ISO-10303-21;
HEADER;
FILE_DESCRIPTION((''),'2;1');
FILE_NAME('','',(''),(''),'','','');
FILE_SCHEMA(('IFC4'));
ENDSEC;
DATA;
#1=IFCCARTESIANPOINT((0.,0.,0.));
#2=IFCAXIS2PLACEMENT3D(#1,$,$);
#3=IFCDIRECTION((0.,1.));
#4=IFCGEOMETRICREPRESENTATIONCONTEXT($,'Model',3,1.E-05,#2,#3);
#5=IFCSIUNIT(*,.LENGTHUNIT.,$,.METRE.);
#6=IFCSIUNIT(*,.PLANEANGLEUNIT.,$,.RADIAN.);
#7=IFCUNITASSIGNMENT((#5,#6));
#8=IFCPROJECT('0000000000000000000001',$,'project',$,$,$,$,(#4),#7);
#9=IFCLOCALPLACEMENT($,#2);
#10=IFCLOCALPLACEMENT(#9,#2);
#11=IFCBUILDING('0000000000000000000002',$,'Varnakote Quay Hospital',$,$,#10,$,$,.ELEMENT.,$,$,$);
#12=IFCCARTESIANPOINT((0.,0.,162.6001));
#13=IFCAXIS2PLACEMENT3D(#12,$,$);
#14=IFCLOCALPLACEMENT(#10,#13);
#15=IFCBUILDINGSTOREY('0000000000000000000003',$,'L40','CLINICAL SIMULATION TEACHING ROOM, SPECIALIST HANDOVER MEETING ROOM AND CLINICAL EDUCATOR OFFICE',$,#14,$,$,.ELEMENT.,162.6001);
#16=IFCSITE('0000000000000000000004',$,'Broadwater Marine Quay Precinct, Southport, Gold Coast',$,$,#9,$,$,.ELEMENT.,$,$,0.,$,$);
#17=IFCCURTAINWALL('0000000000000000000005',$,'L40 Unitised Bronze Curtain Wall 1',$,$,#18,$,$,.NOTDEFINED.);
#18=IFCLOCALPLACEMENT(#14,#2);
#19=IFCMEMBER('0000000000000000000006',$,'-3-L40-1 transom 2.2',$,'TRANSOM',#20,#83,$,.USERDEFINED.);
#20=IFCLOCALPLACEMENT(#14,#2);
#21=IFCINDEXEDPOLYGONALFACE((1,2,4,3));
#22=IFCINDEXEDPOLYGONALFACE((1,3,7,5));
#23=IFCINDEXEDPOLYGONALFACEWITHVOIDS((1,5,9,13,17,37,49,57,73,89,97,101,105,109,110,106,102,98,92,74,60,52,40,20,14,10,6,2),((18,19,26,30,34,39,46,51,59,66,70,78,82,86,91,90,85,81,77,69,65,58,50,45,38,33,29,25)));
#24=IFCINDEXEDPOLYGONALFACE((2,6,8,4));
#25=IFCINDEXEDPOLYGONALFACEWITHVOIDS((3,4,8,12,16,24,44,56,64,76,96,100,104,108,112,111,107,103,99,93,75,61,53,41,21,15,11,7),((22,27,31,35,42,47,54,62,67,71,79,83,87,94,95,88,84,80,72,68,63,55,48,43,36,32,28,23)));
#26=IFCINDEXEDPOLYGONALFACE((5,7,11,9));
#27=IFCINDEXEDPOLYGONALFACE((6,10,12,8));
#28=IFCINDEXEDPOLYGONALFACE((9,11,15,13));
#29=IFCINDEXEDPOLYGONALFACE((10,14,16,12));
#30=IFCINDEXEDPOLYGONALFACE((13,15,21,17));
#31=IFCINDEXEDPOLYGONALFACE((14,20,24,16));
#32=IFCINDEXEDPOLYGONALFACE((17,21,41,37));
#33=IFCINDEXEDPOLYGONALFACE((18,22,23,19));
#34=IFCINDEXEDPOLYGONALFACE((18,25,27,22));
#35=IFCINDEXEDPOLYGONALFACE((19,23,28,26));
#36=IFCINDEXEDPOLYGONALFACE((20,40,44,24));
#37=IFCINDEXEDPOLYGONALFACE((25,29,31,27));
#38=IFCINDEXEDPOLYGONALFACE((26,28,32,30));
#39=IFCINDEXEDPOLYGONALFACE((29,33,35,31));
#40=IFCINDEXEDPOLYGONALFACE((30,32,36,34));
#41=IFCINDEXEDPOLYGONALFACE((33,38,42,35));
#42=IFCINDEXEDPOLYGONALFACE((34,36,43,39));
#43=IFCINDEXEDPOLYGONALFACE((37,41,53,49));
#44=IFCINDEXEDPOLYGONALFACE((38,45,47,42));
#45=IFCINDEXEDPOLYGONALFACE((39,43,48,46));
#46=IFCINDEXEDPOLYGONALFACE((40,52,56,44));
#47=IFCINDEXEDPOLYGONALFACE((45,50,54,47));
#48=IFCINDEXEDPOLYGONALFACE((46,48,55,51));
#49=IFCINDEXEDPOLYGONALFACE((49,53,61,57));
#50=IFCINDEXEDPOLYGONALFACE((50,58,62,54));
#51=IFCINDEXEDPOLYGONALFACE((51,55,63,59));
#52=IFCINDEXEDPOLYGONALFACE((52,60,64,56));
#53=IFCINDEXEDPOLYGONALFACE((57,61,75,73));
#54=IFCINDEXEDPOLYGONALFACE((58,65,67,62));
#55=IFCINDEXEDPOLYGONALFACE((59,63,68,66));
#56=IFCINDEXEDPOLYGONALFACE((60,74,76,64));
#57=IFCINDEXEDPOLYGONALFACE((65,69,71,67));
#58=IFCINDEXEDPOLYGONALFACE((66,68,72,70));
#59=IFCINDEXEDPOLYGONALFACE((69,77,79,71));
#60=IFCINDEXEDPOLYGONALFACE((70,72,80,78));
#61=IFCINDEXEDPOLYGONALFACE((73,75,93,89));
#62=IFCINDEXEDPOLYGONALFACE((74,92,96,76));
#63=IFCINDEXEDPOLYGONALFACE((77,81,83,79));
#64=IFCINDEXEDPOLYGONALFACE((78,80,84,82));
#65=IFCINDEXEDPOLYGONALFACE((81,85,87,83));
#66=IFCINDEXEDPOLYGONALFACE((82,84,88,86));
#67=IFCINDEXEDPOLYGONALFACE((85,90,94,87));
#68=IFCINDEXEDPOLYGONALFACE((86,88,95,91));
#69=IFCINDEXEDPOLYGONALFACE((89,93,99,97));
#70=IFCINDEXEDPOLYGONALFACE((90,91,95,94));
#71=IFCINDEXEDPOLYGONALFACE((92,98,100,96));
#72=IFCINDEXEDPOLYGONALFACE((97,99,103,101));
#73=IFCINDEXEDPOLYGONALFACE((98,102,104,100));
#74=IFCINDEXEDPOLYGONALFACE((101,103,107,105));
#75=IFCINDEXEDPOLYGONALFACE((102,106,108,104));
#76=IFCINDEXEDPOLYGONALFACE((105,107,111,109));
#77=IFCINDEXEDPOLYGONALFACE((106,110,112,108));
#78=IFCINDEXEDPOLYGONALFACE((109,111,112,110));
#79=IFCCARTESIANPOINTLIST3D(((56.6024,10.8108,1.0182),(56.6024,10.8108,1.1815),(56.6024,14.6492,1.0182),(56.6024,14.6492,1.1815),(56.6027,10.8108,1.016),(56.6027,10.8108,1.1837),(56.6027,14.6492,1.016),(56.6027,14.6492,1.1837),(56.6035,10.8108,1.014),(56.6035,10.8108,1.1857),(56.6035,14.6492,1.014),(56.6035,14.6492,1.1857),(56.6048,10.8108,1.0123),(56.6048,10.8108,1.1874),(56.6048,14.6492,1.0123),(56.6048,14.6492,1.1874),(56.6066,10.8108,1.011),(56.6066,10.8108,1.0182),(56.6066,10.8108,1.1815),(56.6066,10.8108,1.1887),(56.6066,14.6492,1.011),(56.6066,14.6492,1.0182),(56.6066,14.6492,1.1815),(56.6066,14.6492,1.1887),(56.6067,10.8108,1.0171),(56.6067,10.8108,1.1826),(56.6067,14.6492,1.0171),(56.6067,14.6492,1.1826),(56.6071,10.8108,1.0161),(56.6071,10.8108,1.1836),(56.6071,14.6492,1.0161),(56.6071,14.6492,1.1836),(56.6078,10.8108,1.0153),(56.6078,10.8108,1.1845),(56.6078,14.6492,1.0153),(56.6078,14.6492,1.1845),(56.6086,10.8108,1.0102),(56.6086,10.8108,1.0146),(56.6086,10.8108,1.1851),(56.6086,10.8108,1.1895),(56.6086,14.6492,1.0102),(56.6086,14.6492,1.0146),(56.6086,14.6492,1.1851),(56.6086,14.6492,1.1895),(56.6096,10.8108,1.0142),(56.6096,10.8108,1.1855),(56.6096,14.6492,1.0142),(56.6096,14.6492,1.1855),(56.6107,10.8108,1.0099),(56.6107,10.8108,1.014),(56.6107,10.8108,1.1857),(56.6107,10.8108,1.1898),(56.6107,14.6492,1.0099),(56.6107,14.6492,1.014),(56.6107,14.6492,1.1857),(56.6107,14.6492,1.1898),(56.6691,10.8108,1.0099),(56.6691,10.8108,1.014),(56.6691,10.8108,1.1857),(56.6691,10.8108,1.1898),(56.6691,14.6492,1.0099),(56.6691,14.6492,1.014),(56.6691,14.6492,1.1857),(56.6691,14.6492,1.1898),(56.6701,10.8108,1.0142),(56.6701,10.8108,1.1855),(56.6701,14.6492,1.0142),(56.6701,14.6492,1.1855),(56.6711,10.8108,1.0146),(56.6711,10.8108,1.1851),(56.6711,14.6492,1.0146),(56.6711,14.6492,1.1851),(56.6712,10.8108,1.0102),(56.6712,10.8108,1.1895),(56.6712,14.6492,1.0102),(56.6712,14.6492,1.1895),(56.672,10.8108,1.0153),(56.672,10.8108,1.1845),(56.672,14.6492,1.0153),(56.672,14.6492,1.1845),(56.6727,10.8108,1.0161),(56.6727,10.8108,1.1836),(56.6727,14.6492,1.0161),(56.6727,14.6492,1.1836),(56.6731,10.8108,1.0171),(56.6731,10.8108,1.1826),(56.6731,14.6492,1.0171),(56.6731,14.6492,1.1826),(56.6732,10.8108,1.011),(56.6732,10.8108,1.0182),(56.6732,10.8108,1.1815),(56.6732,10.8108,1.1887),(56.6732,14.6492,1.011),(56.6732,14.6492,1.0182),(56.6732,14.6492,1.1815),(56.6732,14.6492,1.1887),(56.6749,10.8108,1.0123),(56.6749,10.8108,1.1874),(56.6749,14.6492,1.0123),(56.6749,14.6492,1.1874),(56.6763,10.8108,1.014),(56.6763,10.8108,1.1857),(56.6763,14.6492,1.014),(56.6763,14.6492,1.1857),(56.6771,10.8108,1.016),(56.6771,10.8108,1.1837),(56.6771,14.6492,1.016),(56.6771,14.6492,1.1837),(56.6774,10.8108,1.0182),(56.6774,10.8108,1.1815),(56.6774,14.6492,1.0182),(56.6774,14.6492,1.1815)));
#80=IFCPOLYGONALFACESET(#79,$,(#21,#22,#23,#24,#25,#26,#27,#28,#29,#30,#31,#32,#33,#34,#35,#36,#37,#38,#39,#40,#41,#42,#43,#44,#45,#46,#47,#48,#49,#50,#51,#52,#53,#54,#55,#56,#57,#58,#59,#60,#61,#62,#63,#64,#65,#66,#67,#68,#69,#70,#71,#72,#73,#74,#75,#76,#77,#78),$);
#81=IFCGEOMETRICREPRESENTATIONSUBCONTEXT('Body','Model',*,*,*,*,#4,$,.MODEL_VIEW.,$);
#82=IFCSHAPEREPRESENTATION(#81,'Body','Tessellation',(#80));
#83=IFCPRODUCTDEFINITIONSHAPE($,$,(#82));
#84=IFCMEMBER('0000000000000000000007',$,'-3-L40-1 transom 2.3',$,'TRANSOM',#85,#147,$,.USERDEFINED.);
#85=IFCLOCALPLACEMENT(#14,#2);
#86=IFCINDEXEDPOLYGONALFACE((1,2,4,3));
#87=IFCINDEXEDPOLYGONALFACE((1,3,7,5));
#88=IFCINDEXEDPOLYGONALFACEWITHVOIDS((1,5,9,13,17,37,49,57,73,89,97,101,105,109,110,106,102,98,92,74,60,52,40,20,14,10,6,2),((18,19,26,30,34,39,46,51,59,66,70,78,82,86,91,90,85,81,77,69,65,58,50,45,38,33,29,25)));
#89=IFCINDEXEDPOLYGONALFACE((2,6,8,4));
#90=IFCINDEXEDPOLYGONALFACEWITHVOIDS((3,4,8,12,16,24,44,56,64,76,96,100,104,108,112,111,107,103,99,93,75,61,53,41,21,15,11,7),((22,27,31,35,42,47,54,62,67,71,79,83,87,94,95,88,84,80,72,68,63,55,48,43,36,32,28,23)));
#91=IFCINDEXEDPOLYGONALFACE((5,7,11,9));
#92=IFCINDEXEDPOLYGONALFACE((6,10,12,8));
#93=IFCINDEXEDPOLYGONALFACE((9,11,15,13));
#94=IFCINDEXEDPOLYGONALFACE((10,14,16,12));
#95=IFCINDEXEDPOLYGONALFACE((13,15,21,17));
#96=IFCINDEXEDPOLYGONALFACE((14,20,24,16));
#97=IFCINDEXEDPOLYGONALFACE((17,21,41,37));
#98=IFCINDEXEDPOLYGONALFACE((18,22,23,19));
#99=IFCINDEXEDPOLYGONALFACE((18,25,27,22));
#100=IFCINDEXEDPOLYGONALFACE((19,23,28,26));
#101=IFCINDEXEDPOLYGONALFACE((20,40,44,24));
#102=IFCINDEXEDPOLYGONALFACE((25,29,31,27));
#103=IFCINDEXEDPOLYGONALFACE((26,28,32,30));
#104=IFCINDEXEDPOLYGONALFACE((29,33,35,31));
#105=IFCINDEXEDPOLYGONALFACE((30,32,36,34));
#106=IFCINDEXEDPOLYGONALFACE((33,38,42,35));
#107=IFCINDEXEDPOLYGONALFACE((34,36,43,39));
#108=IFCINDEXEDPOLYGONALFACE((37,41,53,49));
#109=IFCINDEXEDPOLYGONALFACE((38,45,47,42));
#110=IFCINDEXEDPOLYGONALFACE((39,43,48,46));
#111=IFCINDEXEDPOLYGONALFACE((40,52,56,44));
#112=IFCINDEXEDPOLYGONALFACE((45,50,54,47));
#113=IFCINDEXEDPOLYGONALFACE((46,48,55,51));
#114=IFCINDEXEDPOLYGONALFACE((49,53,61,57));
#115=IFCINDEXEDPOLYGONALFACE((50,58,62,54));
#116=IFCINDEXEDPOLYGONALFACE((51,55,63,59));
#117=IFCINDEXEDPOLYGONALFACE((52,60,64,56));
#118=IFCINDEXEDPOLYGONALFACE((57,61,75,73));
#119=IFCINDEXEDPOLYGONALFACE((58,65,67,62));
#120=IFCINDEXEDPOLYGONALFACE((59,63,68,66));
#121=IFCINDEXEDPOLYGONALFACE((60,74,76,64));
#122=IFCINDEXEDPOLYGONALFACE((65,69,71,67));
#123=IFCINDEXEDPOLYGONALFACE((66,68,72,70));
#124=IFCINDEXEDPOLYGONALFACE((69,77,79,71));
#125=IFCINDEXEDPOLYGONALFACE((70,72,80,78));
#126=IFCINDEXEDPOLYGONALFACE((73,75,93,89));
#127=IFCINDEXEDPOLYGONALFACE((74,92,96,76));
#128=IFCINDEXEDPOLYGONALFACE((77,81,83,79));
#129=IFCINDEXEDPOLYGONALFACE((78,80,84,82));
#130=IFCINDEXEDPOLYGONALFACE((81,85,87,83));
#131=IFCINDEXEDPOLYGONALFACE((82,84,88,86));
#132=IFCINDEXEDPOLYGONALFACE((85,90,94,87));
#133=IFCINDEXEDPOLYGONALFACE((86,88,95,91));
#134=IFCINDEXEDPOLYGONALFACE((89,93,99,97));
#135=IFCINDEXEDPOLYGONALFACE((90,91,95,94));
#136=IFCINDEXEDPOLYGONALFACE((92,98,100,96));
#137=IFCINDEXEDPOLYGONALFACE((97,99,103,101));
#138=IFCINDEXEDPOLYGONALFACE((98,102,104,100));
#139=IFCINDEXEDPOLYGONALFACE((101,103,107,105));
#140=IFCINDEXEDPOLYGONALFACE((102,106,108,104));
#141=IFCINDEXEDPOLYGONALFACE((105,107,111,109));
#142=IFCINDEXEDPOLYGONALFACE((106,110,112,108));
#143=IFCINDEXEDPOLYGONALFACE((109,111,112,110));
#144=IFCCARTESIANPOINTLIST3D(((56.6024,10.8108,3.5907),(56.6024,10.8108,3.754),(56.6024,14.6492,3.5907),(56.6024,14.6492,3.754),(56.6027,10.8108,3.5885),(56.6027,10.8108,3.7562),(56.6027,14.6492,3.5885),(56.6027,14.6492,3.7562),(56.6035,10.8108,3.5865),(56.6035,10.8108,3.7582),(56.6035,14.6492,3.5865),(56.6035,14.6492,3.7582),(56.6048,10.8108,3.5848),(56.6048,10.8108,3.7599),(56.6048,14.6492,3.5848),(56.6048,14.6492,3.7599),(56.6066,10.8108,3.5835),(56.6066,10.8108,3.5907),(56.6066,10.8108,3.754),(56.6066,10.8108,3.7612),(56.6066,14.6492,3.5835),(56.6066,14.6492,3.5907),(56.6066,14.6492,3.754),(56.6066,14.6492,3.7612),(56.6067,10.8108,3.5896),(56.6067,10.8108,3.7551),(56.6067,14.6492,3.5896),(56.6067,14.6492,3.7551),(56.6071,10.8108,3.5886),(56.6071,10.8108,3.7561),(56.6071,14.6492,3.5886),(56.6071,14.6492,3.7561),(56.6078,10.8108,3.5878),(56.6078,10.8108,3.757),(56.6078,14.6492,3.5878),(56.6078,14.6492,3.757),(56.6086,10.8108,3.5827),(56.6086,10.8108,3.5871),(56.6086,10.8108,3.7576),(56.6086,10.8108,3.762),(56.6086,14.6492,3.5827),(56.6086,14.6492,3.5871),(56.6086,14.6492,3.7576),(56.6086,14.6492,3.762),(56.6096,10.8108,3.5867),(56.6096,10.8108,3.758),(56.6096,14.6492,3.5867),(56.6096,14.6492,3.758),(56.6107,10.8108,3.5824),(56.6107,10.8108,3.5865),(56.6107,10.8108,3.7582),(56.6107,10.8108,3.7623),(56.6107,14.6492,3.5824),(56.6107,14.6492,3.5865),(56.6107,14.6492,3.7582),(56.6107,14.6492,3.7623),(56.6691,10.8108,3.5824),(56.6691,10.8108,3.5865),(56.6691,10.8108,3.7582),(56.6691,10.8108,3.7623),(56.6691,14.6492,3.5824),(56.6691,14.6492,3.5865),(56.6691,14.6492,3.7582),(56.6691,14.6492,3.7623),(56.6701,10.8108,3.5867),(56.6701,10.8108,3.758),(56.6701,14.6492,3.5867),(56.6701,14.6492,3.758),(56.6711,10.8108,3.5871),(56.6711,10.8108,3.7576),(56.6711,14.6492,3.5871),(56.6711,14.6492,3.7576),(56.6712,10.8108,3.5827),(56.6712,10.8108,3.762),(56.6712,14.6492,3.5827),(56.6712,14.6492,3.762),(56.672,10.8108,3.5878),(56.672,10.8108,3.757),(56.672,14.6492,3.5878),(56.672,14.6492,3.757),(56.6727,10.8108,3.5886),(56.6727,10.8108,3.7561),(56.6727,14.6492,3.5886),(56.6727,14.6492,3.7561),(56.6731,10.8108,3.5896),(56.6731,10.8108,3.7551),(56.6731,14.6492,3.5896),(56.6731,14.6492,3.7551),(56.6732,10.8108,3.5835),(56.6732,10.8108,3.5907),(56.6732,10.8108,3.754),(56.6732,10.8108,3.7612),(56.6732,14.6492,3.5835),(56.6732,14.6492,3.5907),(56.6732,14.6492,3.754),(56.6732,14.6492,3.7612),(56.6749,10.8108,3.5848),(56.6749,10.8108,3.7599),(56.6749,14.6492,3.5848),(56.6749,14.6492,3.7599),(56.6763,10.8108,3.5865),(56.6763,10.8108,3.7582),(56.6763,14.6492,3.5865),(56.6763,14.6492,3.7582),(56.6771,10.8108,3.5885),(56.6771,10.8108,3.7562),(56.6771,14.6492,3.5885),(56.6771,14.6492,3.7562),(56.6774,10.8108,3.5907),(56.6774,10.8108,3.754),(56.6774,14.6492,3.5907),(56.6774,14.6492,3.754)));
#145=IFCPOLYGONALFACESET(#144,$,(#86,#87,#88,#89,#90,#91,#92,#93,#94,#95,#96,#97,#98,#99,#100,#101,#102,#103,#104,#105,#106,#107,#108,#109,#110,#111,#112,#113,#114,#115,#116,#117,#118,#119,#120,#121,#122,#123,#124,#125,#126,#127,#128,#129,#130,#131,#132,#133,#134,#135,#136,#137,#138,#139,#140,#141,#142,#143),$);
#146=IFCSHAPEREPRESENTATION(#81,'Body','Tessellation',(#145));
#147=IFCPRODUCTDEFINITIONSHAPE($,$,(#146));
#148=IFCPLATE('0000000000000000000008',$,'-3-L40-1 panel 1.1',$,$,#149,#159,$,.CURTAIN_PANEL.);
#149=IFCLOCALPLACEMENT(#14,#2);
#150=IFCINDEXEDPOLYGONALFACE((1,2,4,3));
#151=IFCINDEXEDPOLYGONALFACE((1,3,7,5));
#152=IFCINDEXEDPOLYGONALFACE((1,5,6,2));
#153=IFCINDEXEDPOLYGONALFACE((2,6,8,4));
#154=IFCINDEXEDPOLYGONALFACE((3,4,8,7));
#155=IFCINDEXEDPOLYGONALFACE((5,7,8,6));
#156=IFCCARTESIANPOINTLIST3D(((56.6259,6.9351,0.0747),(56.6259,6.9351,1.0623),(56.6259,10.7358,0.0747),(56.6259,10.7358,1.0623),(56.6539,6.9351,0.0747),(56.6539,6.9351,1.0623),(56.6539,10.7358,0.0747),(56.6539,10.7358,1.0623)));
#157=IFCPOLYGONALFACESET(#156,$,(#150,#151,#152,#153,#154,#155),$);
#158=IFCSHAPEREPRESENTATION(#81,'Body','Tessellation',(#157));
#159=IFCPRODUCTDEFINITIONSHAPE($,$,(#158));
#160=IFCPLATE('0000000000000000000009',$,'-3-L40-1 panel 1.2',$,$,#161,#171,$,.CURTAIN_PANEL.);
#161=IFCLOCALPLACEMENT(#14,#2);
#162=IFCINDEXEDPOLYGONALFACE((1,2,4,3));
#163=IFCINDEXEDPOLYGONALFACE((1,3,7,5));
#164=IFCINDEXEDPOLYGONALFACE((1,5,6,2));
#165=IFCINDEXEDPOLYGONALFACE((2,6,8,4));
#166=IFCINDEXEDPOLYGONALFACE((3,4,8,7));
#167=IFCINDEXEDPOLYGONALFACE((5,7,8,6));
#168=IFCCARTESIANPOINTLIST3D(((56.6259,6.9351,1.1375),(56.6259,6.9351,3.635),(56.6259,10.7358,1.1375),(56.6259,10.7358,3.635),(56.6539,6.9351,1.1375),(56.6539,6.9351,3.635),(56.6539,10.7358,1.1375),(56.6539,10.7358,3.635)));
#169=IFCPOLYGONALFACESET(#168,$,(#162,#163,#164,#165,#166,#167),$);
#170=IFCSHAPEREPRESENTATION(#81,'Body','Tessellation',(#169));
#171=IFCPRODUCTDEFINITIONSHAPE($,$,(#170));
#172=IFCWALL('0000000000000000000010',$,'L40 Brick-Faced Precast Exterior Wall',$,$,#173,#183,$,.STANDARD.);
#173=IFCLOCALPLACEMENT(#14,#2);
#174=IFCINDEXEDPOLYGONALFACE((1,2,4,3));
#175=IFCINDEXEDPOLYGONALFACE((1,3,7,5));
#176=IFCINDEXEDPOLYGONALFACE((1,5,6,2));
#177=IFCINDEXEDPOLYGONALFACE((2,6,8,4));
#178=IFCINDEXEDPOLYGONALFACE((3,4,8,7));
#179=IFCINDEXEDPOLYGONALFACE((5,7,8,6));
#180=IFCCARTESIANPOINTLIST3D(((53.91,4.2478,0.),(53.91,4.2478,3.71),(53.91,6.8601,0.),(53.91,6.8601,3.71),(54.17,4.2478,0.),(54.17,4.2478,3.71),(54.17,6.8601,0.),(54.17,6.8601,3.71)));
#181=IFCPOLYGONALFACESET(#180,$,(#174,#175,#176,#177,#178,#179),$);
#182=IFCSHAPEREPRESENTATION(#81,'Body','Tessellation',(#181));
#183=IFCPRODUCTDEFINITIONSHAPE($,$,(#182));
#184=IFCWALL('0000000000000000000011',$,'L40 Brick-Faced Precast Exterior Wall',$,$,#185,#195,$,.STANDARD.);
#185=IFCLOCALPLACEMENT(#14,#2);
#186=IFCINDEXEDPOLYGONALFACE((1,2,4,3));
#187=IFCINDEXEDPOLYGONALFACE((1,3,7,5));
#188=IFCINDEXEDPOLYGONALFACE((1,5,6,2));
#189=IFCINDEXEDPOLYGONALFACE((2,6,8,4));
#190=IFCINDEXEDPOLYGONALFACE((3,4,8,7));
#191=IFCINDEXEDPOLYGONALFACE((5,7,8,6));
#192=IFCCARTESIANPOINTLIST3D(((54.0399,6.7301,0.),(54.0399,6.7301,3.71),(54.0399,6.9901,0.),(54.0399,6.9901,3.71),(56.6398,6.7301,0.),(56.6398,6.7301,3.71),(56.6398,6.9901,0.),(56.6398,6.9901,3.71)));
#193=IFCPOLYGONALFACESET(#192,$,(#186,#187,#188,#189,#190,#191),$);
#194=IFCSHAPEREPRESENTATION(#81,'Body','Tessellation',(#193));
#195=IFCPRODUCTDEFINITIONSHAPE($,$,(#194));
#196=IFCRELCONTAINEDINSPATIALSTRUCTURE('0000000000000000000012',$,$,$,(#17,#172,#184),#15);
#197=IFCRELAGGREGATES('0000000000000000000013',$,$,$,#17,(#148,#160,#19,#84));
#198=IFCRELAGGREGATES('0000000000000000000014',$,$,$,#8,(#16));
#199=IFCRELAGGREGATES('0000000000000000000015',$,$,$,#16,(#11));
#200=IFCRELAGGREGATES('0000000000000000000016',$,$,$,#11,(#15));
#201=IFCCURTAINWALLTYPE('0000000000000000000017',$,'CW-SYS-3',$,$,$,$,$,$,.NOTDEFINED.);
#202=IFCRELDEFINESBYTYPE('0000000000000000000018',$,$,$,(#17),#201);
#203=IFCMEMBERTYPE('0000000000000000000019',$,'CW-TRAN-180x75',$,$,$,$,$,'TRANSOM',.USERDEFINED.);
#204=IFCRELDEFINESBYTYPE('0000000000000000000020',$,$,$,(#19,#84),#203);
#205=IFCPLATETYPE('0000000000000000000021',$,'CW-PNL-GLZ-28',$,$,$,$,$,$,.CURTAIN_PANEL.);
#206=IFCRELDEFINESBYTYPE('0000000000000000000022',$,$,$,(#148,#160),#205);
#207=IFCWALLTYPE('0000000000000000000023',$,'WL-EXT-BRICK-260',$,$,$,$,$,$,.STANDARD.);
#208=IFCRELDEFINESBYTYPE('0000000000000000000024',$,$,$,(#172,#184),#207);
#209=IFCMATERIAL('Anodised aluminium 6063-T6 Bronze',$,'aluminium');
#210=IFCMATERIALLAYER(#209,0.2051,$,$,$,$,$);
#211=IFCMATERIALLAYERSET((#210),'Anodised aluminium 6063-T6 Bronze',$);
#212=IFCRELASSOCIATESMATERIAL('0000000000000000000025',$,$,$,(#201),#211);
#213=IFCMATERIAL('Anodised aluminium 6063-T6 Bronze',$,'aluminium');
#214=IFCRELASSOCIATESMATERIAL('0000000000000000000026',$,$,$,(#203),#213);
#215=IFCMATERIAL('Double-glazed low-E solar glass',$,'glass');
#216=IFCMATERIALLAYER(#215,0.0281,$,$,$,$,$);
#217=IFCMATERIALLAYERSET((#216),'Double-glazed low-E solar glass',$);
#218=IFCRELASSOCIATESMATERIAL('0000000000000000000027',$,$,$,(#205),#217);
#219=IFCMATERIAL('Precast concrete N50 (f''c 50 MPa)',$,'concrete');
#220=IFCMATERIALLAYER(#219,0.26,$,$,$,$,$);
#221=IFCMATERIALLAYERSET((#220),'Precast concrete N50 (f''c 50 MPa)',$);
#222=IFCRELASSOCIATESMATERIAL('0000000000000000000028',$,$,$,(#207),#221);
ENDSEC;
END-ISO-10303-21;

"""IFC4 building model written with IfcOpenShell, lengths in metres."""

from ifc_helpers import new_model, si_unit, direction, frame, frame_2d, origin, origin_2d, place, context, subcontext, project, spatial, rectangle, hollow_rectangle, extrude, material, layer, layer_set, material_profile, profile_set, type_object, element, aggregate, save


model = new_model("IFC4")

# Units and contexts
model_context = context("Model", 3, precision=1e-05, world=origin(), true_north=direction((0.0, 1.0)))
body_context = subcontext(model_context, "Body", "Model", "MODEL_VIEW")
ifc_project = project(units=[si_unit("LENGTHUNIT", "METRE"), si_unit("PLANEANGLEUNIT", "RADIAN")], contexts=[model_context])

# Site, building, storey
site_placement = place(None, origin())
site = spatial("IfcSite", under=ifc_project, at=site_placement, Name="Broadwater Marine Quay Precinct, Southport, Gold Coast", CompositionType="ELEMENT", RefElevation=0.0)
building_placement = place(site_placement, origin())
building = spatial("IfcBuilding", under=site, at=building_placement, Name="Varnakote Quay Hospital", CompositionType="ELEMENT")
storey_placement = place(building_placement, frame((0.0, 0.0, 162.6001)))
storey = spatial("IfcBuildingStorey", under=building, at=storey_placement, Name="L40", Description="CLINICAL SIMULATION TEACHING ROOM, SPECIALIST HANDOVER MEETING ROOM AND CLINICAL EDUCATOR OFFICE", CompositionType="ELEMENT", Elevation=162.6001)

# Curtain wall, members, plates
ifc_material_1 = material(Name="Anodised aluminium 6063-T6 Bronze", Category="aluminium")
ifc_layer_1 = layer(ifc_material_1, 0.2051)
ifc_layer_set_1 = layer_set([ifc_layer_1], Name="Anodised aluminium 6063-T6 Bronze")
curtain_wall_type = type_object("IfcCurtainWallType", Name="CW-SYS-3", PredefinedType="NOTDEFINED", material=ifc_layer_set_1)
curtain_wall_placement = place(storey_placement, origin())
curtain_wall = element("IfcCurtainWall", 1, at=curtain_wall_placement, inside=storey, type_object=curtain_wall_type, Name="L40 Unitised Bronze Curtain Wall 1", PredefinedType="NOTDEFINED")
ifc_material_2 = material(Name="Anodised aluminium 6063-T6 Bronze", Category="aluminium")
ifc_material_profile_1 = material_profile(ifc_material_2, hollow_rectangle(XDim=0.075, YDim=0.1799, WallThickness=0.0042, InnerFilletRadius=0.0042, OuterFilletRadius=0.0083, at=origin_2d()), Name="CW-TRAN-180x75")
ifc_profile_set_1 = profile_set([ifc_material_profile_1], Name="Anodised aluminium 6063-T6 Bronze")
member_type_1 = type_object("IfcMemberType", Name="CW-TRAN-180x75", ElementType="TRANSOM", PredefinedType="USERDEFINED", material=ifc_profile_set_1)
member_1_placement = place(storey_placement, frame((56.6399, 10.8108, 1.0999), z_axis=(0.0, 1.0, 0.0), x_axis=(-1.0, 0.0, 0.0)))
member_1 = element("IfcMember", 2, at=member_1_placement, type_object=member_type_1, Name="-3-L40-1 transom 2.2", ObjectType="TRANSOM", PredefinedType="USERDEFINED", context=body_context, shape_type="SweptSolid", body=[
    extrude(hollow_rectangle(XDim=0.075, YDim=0.1799, WallThickness=0.0042, InnerFilletRadius=0.0042, OuterFilletRadius=0.0083, at=origin_2d()), origin(), (0.0, 0.0, 1.0), 3.8384),
])
member_2_placement = place(storey_placement, frame((56.6399, 10.8108, 3.6724), z_axis=(0.0, 1.0, 0.0), x_axis=(-1.0, 0.0, 0.0)))
member_2 = element("IfcMember", 3, at=member_2_placement, type_object=member_type_1, Name="-3-L40-1 transom 2.3", ObjectType="TRANSOM", PredefinedType="USERDEFINED", context=body_context, shape_type="SweptSolid", body=[
    extrude(hollow_rectangle(XDim=0.075, YDim=0.1799, WallThickness=0.0042, InnerFilletRadius=0.0042, OuterFilletRadius=0.0083, at=origin_2d()), origin(), (0.0, 0.0, 1.0), 3.8384),
])
ifc_material_3 = material(Name="Double-glazed low-E solar glass", Category="glass")
ifc_layer_2 = layer(ifc_material_3, 0.0281)
ifc_layer_set_2 = layer_set([ifc_layer_2], Name="Double-glazed low-E solar glass")
plate_type = type_object("IfcPlateType", Name="CW-PNL-GLZ-28", PredefinedType="CURTAIN_PANEL", material=ifc_layer_set_2)
plate_1_placement = place(storey_placement, frame((56.6399, 8.8354, 0.0747), z_axis=(0.0, 0.0, 1.0), x_axis=(0.0, 1.0, 0.0)))
plate_1 = element("IfcPlate", 4, at=plate_1_placement, type_object=plate_type, Name="-3-L40-1 panel 1.1", PredefinedType="CURTAIN_PANEL", context=body_context, shape_type="SweptSolid", body=[
    extrude(rectangle(XDim=3.8008, YDim=0.0281, at=origin_2d()), origin(), (0.0, 0.0, 1.0), 0.9875),
])
plate_2_placement = place(storey_placement, frame((56.6399, 8.8354, 1.1375), z_axis=(0.0, 0.0, 1.0), x_axis=(0.0, 1.0, 0.0)))
plate_2 = element("IfcPlate", 5, at=plate_2_placement, type_object=plate_type, Name="-3-L40-1 panel 1.2", PredefinedType="CURTAIN_PANEL", context=body_context, shape_type="SweptSolid", body=[
    extrude(rectangle(XDim=3.8008, YDim=0.0281, at=origin_2d()), origin(), (0.0, 0.0, 1.0), 2.4976),
])
aggregate(curtain_wall, [plate_1, plate_2, member_1, member_2])

# Walls
ifc_material_4 = material(Name="Precast concrete N50 (f'c 50 MPa)", Category="concrete")
ifc_layer_3 = layer(ifc_material_4, 0.26)
ifc_layer_set_3 = layer_set([ifc_layer_3], Name="Precast concrete N50 (f'c 50 MPa)")
wall_type_1 = type_object("IfcWallType", Name="WL-EXT-BRICK-260", PredefinedType="STANDARD", material=ifc_layer_set_3)
wall_1_placement = place(storey_placement, frame((54.04, 4.2478, 0.0), z_axis=(0.0, 0.0, 1.0), x_axis=(0.0, 1.0, 0.0)))
element("IfcWall", 6, at=wall_1_placement, inside=storey, type_object=wall_type_1, Name="L40 Brick-Faced Precast Exterior Wall", PredefinedType="STANDARD", context=body_context, shape_type="SweptSolid", body=[
    extrude(rectangle(XDim=2.6123, YDim=0.26, at=frame_2d((1.3062, 0.0))), origin(), (0.0, 0.0, 1.0), 3.71),
])
wall_2_placement = place(storey_placement, frame((54.04, 6.8601, 0.0), z_axis=(0.0, 0.0, 1.0), x_axis=(1.0, 0.0, 0.0)))
element("IfcWall", 7, at=wall_2_placement, inside=storey, type_object=wall_type_1, Name="L40 Brick-Faced Precast Exterior Wall", PredefinedType="STANDARD", context=body_context, shape_type="SweptSolid", body=[
    extrude(rectangle(XDim=2.5999, YDim=0.26, at=frame_2d((1.2998, 0.0))), origin(), (0.0, 0.0, 1.0), 3.71),
])

save(model, "model.ifc")
